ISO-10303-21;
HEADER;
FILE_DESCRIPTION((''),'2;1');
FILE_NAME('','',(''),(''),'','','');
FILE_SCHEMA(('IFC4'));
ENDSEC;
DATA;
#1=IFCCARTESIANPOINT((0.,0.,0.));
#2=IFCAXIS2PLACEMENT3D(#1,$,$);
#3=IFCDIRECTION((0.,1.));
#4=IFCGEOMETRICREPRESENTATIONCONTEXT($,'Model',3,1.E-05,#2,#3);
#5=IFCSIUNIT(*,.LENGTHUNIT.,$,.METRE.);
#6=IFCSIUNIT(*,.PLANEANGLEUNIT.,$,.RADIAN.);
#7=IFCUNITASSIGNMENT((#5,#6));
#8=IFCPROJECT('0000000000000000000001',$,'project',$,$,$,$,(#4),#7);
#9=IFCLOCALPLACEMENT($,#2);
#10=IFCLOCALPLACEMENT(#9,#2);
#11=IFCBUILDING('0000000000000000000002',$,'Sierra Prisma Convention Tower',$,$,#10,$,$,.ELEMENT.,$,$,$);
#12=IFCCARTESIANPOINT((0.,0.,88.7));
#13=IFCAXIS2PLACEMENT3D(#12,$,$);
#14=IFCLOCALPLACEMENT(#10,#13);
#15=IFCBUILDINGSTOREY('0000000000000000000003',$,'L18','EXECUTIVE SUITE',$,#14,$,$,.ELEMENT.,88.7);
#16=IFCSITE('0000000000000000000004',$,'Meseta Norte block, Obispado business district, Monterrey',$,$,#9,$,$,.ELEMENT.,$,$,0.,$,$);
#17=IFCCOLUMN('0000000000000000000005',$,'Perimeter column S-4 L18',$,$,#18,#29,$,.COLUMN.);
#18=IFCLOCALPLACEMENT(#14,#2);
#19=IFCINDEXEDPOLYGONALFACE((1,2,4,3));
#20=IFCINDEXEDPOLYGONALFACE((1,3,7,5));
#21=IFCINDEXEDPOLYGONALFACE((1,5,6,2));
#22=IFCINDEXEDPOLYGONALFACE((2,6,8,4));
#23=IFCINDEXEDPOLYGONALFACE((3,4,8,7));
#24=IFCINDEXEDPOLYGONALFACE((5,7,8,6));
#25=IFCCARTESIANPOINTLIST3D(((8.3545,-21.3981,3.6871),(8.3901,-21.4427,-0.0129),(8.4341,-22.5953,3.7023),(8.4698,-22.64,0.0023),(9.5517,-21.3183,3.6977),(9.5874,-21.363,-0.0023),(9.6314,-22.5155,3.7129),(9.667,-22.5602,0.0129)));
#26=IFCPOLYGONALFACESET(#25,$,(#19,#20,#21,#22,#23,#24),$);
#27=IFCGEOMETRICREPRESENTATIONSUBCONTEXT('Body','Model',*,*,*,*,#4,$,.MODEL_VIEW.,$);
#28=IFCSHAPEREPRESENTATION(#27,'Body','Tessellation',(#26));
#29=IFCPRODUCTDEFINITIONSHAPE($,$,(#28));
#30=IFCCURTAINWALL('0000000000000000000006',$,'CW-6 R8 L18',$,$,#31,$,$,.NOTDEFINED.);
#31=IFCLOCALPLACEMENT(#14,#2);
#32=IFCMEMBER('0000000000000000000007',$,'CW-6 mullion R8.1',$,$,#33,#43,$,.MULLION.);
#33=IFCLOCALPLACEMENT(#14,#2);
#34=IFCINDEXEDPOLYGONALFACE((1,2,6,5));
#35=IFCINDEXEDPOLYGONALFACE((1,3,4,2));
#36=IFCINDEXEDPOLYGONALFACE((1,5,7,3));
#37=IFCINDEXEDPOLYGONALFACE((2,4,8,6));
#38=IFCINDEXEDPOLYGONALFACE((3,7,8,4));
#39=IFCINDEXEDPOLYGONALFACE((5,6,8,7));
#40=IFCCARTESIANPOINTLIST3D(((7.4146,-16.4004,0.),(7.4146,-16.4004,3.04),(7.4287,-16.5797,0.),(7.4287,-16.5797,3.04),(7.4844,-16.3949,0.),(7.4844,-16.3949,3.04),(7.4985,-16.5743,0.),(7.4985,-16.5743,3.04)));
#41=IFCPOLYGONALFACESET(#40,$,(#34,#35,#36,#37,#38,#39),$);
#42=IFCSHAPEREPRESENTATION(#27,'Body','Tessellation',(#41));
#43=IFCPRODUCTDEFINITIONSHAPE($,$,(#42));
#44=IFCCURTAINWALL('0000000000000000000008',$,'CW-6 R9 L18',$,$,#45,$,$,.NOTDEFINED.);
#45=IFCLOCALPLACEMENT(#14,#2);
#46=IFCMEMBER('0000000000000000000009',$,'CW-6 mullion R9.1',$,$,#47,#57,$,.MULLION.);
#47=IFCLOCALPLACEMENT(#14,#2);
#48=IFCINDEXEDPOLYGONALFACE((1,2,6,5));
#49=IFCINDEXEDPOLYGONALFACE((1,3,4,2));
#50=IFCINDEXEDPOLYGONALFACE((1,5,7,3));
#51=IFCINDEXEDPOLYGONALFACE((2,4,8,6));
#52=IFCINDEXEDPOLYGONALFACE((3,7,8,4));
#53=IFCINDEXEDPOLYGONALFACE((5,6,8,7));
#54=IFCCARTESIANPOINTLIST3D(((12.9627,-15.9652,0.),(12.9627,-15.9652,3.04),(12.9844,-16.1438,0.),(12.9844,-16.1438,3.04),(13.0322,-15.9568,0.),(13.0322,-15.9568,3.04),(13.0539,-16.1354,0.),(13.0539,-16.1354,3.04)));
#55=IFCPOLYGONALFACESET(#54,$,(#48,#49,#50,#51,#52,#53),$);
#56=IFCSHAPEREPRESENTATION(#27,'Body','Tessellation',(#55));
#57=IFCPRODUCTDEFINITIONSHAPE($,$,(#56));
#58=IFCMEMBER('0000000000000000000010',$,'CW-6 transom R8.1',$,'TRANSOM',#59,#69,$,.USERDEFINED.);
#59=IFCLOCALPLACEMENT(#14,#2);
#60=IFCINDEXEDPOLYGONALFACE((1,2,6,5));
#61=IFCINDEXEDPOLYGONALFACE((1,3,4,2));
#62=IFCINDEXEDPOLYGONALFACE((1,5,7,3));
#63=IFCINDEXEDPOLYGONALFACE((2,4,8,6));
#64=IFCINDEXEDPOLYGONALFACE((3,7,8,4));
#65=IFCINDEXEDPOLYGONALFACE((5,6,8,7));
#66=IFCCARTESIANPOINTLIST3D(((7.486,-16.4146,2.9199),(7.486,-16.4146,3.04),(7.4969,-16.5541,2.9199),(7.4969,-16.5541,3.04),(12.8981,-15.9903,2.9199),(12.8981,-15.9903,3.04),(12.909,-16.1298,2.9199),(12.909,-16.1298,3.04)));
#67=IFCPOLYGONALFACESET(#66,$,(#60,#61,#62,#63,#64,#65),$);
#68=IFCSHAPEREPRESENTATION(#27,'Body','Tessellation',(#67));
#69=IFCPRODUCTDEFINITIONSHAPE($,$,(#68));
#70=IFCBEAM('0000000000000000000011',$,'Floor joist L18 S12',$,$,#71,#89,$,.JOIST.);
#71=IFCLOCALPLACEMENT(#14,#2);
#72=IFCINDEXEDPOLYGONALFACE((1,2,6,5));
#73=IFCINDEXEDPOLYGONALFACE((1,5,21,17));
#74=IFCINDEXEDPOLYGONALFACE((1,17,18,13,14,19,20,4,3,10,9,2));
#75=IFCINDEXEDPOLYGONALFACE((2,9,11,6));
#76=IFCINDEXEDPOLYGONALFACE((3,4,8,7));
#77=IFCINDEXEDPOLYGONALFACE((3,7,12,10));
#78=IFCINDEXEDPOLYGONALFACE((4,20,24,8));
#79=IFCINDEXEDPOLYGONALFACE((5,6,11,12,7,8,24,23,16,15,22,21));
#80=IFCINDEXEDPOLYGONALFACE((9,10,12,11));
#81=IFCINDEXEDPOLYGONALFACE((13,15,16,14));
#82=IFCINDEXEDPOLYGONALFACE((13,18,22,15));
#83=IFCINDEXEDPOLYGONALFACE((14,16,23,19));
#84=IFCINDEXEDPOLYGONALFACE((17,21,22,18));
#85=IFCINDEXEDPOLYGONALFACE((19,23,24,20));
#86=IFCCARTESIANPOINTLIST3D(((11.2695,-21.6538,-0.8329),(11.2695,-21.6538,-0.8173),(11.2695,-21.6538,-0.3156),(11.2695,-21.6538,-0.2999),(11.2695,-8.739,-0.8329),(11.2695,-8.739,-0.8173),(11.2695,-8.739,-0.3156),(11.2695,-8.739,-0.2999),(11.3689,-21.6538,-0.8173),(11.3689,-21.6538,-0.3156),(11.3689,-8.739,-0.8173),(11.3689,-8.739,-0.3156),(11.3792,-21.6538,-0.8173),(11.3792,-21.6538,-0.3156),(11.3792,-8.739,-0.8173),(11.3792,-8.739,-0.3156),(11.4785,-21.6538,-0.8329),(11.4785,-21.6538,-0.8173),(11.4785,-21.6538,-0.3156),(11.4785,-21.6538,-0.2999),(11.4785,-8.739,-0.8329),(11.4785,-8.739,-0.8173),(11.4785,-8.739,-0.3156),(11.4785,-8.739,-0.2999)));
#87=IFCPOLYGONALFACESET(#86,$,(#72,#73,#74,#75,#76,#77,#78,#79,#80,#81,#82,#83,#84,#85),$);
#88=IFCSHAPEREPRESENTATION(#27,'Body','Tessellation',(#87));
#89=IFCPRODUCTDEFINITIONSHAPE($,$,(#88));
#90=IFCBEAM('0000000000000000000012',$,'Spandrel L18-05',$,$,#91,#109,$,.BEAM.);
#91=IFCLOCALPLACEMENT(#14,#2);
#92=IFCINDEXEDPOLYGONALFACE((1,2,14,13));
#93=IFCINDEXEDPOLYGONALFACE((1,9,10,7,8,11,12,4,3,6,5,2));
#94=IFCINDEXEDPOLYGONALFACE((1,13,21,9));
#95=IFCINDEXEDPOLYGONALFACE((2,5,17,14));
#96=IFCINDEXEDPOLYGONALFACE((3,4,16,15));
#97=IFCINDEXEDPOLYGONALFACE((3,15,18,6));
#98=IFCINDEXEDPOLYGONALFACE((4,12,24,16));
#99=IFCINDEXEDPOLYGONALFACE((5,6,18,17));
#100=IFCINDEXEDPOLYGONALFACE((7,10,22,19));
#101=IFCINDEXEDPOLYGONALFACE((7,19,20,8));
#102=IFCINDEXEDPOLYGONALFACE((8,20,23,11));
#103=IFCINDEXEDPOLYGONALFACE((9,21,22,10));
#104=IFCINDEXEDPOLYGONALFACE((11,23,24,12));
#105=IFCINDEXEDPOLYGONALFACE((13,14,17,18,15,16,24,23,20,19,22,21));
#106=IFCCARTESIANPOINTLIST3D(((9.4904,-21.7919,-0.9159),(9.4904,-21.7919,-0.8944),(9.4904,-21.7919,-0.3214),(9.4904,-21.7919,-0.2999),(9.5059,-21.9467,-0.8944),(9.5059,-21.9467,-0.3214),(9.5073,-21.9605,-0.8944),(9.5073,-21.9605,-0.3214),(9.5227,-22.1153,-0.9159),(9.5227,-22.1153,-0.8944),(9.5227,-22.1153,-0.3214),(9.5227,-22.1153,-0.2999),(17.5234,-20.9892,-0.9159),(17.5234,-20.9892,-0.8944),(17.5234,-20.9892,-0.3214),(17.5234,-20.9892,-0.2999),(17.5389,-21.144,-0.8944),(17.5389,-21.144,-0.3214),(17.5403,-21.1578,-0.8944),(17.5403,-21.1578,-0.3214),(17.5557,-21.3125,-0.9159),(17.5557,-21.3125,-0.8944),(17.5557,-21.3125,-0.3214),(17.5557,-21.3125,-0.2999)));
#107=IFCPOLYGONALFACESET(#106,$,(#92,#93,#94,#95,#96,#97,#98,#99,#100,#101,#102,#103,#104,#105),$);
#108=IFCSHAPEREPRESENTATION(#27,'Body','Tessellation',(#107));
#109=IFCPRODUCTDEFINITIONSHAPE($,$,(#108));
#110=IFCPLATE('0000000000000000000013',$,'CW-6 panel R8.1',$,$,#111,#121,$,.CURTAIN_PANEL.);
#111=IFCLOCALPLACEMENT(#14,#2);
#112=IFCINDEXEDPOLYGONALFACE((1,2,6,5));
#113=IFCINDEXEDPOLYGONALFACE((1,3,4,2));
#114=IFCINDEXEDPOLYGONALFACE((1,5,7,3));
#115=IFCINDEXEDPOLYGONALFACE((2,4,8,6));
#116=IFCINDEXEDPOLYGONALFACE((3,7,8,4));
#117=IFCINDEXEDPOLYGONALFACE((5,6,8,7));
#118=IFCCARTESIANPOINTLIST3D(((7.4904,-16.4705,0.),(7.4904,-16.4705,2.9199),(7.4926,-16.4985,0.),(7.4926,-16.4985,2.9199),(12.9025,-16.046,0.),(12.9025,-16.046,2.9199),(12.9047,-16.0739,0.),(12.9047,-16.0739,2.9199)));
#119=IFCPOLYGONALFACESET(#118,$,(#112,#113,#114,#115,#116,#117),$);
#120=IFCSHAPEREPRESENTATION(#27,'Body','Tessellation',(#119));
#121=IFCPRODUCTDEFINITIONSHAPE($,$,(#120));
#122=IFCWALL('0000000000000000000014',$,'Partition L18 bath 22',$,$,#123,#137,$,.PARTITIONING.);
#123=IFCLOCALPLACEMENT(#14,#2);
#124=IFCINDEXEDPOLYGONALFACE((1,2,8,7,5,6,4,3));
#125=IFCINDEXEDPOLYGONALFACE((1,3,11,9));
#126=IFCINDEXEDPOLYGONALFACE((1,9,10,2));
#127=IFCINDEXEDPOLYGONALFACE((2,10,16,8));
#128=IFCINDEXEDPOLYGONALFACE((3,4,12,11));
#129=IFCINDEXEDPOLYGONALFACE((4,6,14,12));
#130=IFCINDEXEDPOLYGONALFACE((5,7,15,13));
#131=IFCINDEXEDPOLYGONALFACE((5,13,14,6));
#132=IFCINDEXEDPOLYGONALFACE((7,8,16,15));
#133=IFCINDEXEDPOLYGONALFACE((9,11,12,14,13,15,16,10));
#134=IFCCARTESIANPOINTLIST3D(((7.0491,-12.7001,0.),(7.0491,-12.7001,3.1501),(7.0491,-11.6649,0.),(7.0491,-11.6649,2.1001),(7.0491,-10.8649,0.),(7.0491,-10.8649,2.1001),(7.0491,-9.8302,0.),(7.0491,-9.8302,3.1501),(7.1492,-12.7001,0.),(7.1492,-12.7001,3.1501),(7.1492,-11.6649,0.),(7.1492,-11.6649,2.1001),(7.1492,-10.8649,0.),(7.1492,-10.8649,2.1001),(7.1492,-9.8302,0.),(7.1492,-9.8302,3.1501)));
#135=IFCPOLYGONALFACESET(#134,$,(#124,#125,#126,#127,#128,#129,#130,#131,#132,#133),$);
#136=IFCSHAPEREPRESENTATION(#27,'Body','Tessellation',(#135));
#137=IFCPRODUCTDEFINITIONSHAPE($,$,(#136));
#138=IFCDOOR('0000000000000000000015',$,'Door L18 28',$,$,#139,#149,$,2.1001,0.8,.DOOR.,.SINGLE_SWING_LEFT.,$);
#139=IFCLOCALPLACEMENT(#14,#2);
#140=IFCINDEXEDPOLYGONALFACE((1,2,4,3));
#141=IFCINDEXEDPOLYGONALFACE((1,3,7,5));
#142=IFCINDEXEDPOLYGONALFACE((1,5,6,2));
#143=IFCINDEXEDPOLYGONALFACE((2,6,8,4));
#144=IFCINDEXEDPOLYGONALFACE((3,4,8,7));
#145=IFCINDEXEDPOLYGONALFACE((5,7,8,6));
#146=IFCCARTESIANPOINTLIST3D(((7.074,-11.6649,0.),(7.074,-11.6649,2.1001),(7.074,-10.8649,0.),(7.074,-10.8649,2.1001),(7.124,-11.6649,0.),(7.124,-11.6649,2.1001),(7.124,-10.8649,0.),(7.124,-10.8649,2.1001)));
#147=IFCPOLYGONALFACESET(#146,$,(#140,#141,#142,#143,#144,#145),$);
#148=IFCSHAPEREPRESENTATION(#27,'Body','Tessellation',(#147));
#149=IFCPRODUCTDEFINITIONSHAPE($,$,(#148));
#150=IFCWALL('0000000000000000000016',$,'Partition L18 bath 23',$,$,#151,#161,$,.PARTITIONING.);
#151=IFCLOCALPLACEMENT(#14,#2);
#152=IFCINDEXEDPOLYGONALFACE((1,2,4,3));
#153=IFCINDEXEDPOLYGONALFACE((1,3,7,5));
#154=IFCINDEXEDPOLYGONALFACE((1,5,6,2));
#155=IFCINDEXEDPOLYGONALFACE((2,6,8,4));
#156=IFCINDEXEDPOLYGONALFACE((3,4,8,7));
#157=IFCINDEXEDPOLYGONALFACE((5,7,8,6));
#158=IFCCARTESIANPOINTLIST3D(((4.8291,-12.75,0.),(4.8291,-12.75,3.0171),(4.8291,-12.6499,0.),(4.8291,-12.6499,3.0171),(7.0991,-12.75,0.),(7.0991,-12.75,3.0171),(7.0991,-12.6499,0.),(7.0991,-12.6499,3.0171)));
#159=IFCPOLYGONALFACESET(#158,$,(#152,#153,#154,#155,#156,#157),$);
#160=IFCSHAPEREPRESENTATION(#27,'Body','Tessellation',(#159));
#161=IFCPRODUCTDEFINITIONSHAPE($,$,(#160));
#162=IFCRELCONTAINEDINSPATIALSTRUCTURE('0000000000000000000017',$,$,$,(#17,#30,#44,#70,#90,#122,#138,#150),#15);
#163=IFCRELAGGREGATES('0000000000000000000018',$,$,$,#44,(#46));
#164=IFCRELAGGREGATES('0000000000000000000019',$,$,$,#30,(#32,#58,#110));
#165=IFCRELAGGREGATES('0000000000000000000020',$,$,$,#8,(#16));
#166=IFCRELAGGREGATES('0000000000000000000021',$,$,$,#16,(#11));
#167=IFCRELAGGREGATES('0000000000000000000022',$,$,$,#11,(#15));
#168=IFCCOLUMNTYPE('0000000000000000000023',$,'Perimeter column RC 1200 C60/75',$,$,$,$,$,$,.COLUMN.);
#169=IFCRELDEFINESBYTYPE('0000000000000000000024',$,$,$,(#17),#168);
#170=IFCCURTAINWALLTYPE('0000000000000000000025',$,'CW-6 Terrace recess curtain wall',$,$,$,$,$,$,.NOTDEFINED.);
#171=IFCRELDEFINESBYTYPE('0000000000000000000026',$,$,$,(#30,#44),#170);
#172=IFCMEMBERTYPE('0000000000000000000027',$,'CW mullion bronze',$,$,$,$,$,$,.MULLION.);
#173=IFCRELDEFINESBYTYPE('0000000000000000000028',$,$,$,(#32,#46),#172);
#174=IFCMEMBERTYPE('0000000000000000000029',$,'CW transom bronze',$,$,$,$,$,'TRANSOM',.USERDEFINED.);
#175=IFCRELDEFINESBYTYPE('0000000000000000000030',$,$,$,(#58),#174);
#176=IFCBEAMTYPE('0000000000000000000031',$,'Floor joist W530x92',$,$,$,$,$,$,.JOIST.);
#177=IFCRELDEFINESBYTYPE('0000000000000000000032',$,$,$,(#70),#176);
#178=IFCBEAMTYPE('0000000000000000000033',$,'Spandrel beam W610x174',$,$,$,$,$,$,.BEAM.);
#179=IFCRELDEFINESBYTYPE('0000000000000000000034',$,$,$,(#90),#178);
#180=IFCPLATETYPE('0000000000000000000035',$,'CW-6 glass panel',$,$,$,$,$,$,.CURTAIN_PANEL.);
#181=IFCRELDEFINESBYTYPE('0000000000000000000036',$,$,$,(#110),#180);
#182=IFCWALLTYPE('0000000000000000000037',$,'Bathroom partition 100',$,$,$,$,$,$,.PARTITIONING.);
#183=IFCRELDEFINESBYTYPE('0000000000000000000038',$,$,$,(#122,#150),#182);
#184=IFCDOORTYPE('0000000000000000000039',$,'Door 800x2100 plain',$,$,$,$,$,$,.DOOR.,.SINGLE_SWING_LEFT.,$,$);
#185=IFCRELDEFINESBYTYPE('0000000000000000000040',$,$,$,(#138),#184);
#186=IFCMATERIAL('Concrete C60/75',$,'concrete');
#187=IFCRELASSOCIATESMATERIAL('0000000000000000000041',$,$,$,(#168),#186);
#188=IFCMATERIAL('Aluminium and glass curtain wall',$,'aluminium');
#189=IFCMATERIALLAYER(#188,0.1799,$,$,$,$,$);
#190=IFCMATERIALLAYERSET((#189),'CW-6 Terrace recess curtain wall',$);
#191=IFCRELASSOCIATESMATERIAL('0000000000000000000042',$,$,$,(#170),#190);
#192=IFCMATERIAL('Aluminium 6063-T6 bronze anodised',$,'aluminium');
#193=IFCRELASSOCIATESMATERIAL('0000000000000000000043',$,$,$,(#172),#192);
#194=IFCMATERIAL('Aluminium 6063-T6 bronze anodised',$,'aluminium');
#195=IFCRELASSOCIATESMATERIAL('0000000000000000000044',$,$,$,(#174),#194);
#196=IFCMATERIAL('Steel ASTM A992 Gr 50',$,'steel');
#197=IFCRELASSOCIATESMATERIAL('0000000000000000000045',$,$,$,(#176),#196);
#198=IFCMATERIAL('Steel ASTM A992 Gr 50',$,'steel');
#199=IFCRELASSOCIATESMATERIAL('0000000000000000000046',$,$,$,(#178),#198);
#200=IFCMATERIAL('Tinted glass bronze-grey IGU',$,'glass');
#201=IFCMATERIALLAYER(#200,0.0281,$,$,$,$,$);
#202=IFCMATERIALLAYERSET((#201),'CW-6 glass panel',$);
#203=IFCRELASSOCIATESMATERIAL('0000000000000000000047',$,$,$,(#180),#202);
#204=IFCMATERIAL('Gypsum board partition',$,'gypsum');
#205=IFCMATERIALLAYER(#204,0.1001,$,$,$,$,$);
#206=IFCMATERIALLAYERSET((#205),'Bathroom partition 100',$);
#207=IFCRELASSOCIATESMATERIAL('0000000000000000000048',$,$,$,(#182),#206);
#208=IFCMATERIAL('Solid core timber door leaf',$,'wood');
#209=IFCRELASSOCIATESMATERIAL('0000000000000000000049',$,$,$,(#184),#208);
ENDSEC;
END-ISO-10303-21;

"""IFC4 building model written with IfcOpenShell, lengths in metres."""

from ifc_helpers import new_model, si_unit, direction, frame, frame_2d, origin, origin_2d, place, context, subcontext, project, spatial, rectangle, i_section, extrude, material, layer, layer_set, material_profile, profile_set, type_object, element, fill, aggregate, save


model = new_model("IFC4")

# Units and contexts
model_context = context("Model", 3, precision=1e-05, world=origin(), true_north=direction((0.0, 1.0)))
body_context = subcontext(model_context, "Body", "Model", "MODEL_VIEW")
ifc_project = project(units=[si_unit("LENGTHUNIT", "METRE"), si_unit("PLANEANGLEUNIT", "RADIAN")], contexts=[model_context])

# Site, building, storey
site_placement = place(None, origin())
site = spatial("IfcSite", under=ifc_project, at=site_placement, Name="Meseta Norte block, Obispado business district, Monterrey", CompositionType="ELEMENT", RefElevation=0.0)
building_placement = place(site_placement, origin())
building = spatial("IfcBuilding", under=site, at=building_placement, Name="Sierra Prisma Convention Tower", CompositionType="ELEMENT")
storey_placement = place(building_placement, frame((0.0, 0.0, 88.7)))
storey = spatial("IfcBuildingStorey", under=building, at=storey_placement, Name="L18", Description="EXECUTIVE SUITE", CompositionType="ELEMENT", Elevation=88.7)

# Column
ifc_material_1 = material(Name="Concrete C60/75", Category="concrete")
ifc_material_profile_1 = material_profile(ifc_material_1, rectangle(XDim=1.2, YDim=1.2, at=origin_2d()), Name="Perimeter column RC 1200 C60/75")
ifc_profile_set_1 = profile_set([ifc_material_profile_1], Name="Concrete C60/75")
column_type = type_object("IfcColumnType", Name="Perimeter column RC 1200 C60/75", PredefinedType="COLUMN", material=ifc_profile_set_1)
column_placement = place(storey_placement, frame((9.0286, -22.0015, 0.0), z_axis=(-0.009633, 0.012074, 0.999881), x_axis=(0.997749, 0.066481, 0.008809)))
element("IfcColumn", 1, at=column_placement, inside=storey, type_object=column_type, Name="Perimeter column S-4 L18", PredefinedType="COLUMN", context=body_context, shape_type="SweptSolid", body=[
    extrude(rectangle(XDim=1.2, YDim=1.2, at=origin_2d()), origin(), (0.0, 0.0, 1.0), 3.7004),
])

# Curtain walls, members
ifc_material_2 = material(Name="Aluminium and glass curtain wall", Category="aluminium")
ifc_layer_1 = layer(ifc_material_2, 0.1799)
ifc_layer_set_1 = layer_set([ifc_layer_1], Name="CW-6 Terrace recess curtain wall")
curtain_wall_type = type_object("IfcCurtainWallType", Name="CW-6 Terrace recess curtain wall", PredefinedType="NOTDEFINED", material=ifc_layer_set_1)
curtain_wall_1_placement = place(storey_placement, origin())
curtain_wall_1 = element("IfcCurtainWall", 2, at=curtain_wall_1_placement, inside=storey, type_object=curtain_wall_type, Name="CW-6 R8 L18", PredefinedType="NOTDEFINED")
ifc_material_3 = material(Name="Aluminium 6063-T6 bronze anodised", Category="aluminium")
ifc_material_profile_2 = material_profile(ifc_material_3, rectangle(XDim=0.1799, YDim=0.0701, at=origin_2d()), Name="ALU MULLION 70x180")
ifc_profile_set_2 = profile_set([ifc_material_profile_2], Name="Aluminium 6063-T6 bronze anodised")
member_type_1 = type_object("IfcMemberType", Name="CW mullion bronze", PredefinedType="MULLION", material=ifc_profile_set_2)
member_1_placement = place(storey_placement, frame((7.4565, -16.4873, 0.0), z_axis=(0.0, 0.0, 1.0), x_axis=(-0.0782, 0.996938, 0.0)))
member_1 = element("IfcMember", 3, at=member_1_placement, type_object=member_type_1, Name="CW-6 mullion R8.1", PredefinedType="MULLION", context=body_context, shape_type="SweptSolid", body=[
    extrude(rectangle(XDim=0.1799, YDim=0.0701, at=origin_2d()), origin(), (0.0, 0.0, 1.0), 3.04),
])
curtain_wall_2_placement = place(storey_placement, origin())
curtain_wall_2 = element("IfcCurtainWall", 4, at=curtain_wall_2_placement, inside=storey, type_object=curtain_wall_type, Name="CW-6 R9 L18", PredefinedType="NOTDEFINED")
member_2_placement = place(storey_placement, frame((13.0083, -16.0503, 0.0), z_axis=(0.0, 0.0, 1.0), x_axis=(-0.120683, 0.992691, 0.0)))
member_2 = element("IfcMember", 5, at=member_2_placement, type_object=member_type_1, Name="CW-6 mullion R9.1", PredefinedType="MULLION", context=body_context, shape_type="SweptSolid", body=[
    extrude(rectangle(XDim=0.1799, YDim=0.0701, at=origin_2d()), origin(), (0.0, 0.0, 1.0), 3.04),
])
aggregate(curtain_wall_2, [member_2])

# Member
ifc_material_4 = material(Name="Aluminium 6063-T6 bronze anodised", Category="aluminium")
ifc_material_profile_3 = material_profile(ifc_material_4, rectangle(XDim=0.1399, YDim=0.1201, at=origin_2d()), Name="ALU TRANSOM 120x140")
ifc_profile_set_3 = profile_set([ifc_material_profile_3], Name="Aluminium 6063-T6 bronze anodised")
member_type_2 = type_object("IfcMemberType", Name="CW transom bronze", ElementType="TRANSOM", PredefinedType="USERDEFINED", material=ifc_profile_set_3)
member_3_placement = place(storey_placement, frame((7.4915, -16.4844, 2.98), z_axis=(0.996941, 0.078161, 0.0), x_axis=(-0.078161, 0.996941, 0.0)))
member_3 = element("IfcMember", 6, at=member_3_placement, type_object=member_type_2, Name="CW-6 transom R8.1", ObjectType="TRANSOM", PredefinedType="USERDEFINED", context=body_context, shape_type="SweptSolid", body=[
    extrude(rectangle(XDim=0.1399, YDim=0.1201, at=origin_2d()), origin(), (0.0, 0.0, 1.0), 5.4287),
])

# Beams
ifc_material_5 = material(Name="Steel ASTM A992 Gr 50", Category="steel")
ifc_material_profile_4 = material_profile(ifc_material_5, i_section(OverallWidth=0.209, OverallDepth=0.533, WebThickness=0.0103, FlangeThickness=0.0156, at=origin_2d()), Name="W530x92")
ifc_profile_set_4 = profile_set([ifc_material_profile_4], Name="Steel ASTM A992 Gr 50")
beam_type_1 = type_object("IfcBeamType", Name="Floor joist W530x92", PredefinedType="JOIST", material=ifc_profile_set_4)
beam_1_placement = place(storey_placement, frame((11.374, -21.6538, -0.5664), z_axis=(0.0, 1.0, 0.0), x_axis=(-1.0, 0.0, 0.0)))
element("IfcBeam", 7, at=beam_1_placement, inside=storey, type_object=beam_type_1, Name="Floor joist L18 S12", PredefinedType="JOIST", context=body_context, shape_type="SweptSolid", body=[
    extrude(i_section(OverallWidth=0.209, OverallDepth=0.533, WebThickness=0.0103, FlangeThickness=0.0156, at=origin_2d()), origin(), (0.0, 0.0, 1.0), 12.9148),
])
ifc_material_6 = material(Name="Steel ASTM A992 Gr 50", Category="steel")
ifc_material_profile_5 = material_profile(ifc_material_6, i_section(OverallWidth=0.325, OverallDepth=0.616, WebThickness=0.0139, FlangeThickness=0.0215, at=origin_2d()), Name="W610x174")
ifc_profile_set_5 = profile_set([ifc_material_profile_5], Name="Steel ASTM A992 Gr 50")
beam_type_2 = type_object("IfcBeamType", Name="Spandrel beam W610x174", PredefinedType="BEAM", material=ifc_profile_set_5)
beam_2_placement = place(storey_placement, frame((9.5066, -21.9536, -0.6079), z_axis=(0.995044, 0.099435, 0.0), x_axis=(-0.099435, 0.995044, 0.0)))
element("IfcBeam", 8, at=beam_2_placement, inside=storey, type_object=beam_type_2, Name="Spandrel L18-05", PredefinedType="BEAM", context=body_context, shape_type="SweptSolid", body=[
    extrude(i_section(OverallWidth=0.325, OverallDepth=0.616, WebThickness=0.0139, FlangeThickness=0.0215, at=origin_2d()), origin(), (0.0, 0.0, 1.0), 8.073),
])

# Plate
ifc_material_7 = material(Name="Tinted glass bronze-grey IGU", Category="glass")
ifc_layer_2 = layer(ifc_material_7, 0.0281)
ifc_layer_set_2 = layer_set([ifc_layer_2], Name="CW-6 glass panel")
plate_type = type_object("IfcPlateType", Name="CW-6 glass panel", PredefinedType="CURTAIN_PANEL", material=ifc_layer_set_2)
plate_placement = place(storey_placement, frame((10.1975, -16.2722, 0.0), z_axis=(0.0, 0.0, 1.0), x_axis=(0.996938, 0.0782, 0.0)))
plate = element("IfcPlate", 9, at=plate_placement, type_object=plate_type, Name="CW-6 panel R8.1", PredefinedType="CURTAIN_PANEL", context=body_context, shape_type="SweptSolid", body=[
    extrude(rectangle(XDim=5.4287, YDim=0.0281, at=origin_2d()), origin(), (0.0, 0.0, 1.0), 2.9199),
])
aggregate(curtain_wall_1, [member_1, member_3, plate])

# Wall, opening, door
ifc_material_8 = material(Name="Gypsum board partition", Category="gypsum")
ifc_layer_3 = layer(ifc_material_8, 0.1001)
ifc_layer_set_3 = layer_set([ifc_layer_3], Name="Bathroom partition 100")
wall_type_1 = type_object("IfcWallType", Name="Bathroom partition 100", PredefinedType="PARTITIONING", material=ifc_layer_set_3)
wall_1_placement = place(storey_placement, frame((7.0991, -9.8301, 0.0), z_axis=(0.0, 0.0, 1.0), x_axis=(0.0, -1.0, 0.0)))
wall_1 = element("IfcWall", 10, at=wall_1_placement, inside=storey, type_object=wall_type_1, Name="Partition L18 bath 22", PredefinedType="PARTITIONING", context=body_context, shape_type="SweptSolid", body=[
    extrude(rectangle(XDim=2.8699, YDim=0.1001, at=frame_2d((1.4351, 0.0))), origin(), (0.0, 0.0, 1.0), 3.1501),
])
opening_1_placement = place(wall_1_placement, frame((1.0349, 0.0, 0.0)))
opening_1 = element("IfcOpeningElement", 11, at=opening_1_placement, cuts=wall_1, PredefinedType="OPENING", context=body_context, shape_type="SweptSolid", body=[
    extrude(rectangle(XDim=0.8, YDim=2.1001, at=frame_2d((0.3999, 1.05))), frame((0.0, 0.05, 0.0), z_axis=(0.0, -1.0, 0.0), x_axis=(1.0, 0.0, 0.0)), (0.0, 0.0, 1.0), 0.1001),
])
ifc_material_9 = material(Name="Solid core timber door leaf", Category="wood")
door_type_1 = type_object("IfcDoorType", Name="Door 800x2100 plain", OperationType="SINGLE_SWING_LEFT", PredefinedType="DOOR", material=ifc_material_9)
door_1_placement = place(opening_1_placement, origin())
door_1 = element("IfcDoor", 12, at=door_1_placement, inside=storey, type_object=door_type_1, Name="Door L18 28", OperationType="SINGLE_SWING_LEFT", OverallHeight=2.1001, OverallWidth=0.8, PredefinedType="DOOR", context=body_context, shape_type="SweptSolid", body=[
    extrude(rectangle(XDim=0.8, YDim=2.1001, at=frame_2d((0.3999, 1.05))), frame((0.0, 0.0249, 0.0), z_axis=(0.0, -1.0, 0.0), x_axis=(1.0, 0.0, 0.0)), (0.0, 0.0, 1.0), 0.05),
])
fill(opening_1, door_1)

# Wall
wall_2_placement = place(storey_placement, frame((7.0991, -12.7, 0.0), z_axis=(0.0, 0.0, 1.0), x_axis=(-1.0, 0.0, 0.0)))
element("IfcWall", 13, at=wall_2_placement, inside=storey, type_object=wall_type_1, Name="Partition L18 bath 23", PredefinedType="PARTITIONING", context=body_context, shape_type="SweptSolid", body=[
    extrude(rectangle(XDim=2.27, YDim=0.1001, at=frame_2d((1.135, 0.0))), origin(), (0.0, 0.0, 1.0), 3.0171),
])

save(model, "model.ifc")
